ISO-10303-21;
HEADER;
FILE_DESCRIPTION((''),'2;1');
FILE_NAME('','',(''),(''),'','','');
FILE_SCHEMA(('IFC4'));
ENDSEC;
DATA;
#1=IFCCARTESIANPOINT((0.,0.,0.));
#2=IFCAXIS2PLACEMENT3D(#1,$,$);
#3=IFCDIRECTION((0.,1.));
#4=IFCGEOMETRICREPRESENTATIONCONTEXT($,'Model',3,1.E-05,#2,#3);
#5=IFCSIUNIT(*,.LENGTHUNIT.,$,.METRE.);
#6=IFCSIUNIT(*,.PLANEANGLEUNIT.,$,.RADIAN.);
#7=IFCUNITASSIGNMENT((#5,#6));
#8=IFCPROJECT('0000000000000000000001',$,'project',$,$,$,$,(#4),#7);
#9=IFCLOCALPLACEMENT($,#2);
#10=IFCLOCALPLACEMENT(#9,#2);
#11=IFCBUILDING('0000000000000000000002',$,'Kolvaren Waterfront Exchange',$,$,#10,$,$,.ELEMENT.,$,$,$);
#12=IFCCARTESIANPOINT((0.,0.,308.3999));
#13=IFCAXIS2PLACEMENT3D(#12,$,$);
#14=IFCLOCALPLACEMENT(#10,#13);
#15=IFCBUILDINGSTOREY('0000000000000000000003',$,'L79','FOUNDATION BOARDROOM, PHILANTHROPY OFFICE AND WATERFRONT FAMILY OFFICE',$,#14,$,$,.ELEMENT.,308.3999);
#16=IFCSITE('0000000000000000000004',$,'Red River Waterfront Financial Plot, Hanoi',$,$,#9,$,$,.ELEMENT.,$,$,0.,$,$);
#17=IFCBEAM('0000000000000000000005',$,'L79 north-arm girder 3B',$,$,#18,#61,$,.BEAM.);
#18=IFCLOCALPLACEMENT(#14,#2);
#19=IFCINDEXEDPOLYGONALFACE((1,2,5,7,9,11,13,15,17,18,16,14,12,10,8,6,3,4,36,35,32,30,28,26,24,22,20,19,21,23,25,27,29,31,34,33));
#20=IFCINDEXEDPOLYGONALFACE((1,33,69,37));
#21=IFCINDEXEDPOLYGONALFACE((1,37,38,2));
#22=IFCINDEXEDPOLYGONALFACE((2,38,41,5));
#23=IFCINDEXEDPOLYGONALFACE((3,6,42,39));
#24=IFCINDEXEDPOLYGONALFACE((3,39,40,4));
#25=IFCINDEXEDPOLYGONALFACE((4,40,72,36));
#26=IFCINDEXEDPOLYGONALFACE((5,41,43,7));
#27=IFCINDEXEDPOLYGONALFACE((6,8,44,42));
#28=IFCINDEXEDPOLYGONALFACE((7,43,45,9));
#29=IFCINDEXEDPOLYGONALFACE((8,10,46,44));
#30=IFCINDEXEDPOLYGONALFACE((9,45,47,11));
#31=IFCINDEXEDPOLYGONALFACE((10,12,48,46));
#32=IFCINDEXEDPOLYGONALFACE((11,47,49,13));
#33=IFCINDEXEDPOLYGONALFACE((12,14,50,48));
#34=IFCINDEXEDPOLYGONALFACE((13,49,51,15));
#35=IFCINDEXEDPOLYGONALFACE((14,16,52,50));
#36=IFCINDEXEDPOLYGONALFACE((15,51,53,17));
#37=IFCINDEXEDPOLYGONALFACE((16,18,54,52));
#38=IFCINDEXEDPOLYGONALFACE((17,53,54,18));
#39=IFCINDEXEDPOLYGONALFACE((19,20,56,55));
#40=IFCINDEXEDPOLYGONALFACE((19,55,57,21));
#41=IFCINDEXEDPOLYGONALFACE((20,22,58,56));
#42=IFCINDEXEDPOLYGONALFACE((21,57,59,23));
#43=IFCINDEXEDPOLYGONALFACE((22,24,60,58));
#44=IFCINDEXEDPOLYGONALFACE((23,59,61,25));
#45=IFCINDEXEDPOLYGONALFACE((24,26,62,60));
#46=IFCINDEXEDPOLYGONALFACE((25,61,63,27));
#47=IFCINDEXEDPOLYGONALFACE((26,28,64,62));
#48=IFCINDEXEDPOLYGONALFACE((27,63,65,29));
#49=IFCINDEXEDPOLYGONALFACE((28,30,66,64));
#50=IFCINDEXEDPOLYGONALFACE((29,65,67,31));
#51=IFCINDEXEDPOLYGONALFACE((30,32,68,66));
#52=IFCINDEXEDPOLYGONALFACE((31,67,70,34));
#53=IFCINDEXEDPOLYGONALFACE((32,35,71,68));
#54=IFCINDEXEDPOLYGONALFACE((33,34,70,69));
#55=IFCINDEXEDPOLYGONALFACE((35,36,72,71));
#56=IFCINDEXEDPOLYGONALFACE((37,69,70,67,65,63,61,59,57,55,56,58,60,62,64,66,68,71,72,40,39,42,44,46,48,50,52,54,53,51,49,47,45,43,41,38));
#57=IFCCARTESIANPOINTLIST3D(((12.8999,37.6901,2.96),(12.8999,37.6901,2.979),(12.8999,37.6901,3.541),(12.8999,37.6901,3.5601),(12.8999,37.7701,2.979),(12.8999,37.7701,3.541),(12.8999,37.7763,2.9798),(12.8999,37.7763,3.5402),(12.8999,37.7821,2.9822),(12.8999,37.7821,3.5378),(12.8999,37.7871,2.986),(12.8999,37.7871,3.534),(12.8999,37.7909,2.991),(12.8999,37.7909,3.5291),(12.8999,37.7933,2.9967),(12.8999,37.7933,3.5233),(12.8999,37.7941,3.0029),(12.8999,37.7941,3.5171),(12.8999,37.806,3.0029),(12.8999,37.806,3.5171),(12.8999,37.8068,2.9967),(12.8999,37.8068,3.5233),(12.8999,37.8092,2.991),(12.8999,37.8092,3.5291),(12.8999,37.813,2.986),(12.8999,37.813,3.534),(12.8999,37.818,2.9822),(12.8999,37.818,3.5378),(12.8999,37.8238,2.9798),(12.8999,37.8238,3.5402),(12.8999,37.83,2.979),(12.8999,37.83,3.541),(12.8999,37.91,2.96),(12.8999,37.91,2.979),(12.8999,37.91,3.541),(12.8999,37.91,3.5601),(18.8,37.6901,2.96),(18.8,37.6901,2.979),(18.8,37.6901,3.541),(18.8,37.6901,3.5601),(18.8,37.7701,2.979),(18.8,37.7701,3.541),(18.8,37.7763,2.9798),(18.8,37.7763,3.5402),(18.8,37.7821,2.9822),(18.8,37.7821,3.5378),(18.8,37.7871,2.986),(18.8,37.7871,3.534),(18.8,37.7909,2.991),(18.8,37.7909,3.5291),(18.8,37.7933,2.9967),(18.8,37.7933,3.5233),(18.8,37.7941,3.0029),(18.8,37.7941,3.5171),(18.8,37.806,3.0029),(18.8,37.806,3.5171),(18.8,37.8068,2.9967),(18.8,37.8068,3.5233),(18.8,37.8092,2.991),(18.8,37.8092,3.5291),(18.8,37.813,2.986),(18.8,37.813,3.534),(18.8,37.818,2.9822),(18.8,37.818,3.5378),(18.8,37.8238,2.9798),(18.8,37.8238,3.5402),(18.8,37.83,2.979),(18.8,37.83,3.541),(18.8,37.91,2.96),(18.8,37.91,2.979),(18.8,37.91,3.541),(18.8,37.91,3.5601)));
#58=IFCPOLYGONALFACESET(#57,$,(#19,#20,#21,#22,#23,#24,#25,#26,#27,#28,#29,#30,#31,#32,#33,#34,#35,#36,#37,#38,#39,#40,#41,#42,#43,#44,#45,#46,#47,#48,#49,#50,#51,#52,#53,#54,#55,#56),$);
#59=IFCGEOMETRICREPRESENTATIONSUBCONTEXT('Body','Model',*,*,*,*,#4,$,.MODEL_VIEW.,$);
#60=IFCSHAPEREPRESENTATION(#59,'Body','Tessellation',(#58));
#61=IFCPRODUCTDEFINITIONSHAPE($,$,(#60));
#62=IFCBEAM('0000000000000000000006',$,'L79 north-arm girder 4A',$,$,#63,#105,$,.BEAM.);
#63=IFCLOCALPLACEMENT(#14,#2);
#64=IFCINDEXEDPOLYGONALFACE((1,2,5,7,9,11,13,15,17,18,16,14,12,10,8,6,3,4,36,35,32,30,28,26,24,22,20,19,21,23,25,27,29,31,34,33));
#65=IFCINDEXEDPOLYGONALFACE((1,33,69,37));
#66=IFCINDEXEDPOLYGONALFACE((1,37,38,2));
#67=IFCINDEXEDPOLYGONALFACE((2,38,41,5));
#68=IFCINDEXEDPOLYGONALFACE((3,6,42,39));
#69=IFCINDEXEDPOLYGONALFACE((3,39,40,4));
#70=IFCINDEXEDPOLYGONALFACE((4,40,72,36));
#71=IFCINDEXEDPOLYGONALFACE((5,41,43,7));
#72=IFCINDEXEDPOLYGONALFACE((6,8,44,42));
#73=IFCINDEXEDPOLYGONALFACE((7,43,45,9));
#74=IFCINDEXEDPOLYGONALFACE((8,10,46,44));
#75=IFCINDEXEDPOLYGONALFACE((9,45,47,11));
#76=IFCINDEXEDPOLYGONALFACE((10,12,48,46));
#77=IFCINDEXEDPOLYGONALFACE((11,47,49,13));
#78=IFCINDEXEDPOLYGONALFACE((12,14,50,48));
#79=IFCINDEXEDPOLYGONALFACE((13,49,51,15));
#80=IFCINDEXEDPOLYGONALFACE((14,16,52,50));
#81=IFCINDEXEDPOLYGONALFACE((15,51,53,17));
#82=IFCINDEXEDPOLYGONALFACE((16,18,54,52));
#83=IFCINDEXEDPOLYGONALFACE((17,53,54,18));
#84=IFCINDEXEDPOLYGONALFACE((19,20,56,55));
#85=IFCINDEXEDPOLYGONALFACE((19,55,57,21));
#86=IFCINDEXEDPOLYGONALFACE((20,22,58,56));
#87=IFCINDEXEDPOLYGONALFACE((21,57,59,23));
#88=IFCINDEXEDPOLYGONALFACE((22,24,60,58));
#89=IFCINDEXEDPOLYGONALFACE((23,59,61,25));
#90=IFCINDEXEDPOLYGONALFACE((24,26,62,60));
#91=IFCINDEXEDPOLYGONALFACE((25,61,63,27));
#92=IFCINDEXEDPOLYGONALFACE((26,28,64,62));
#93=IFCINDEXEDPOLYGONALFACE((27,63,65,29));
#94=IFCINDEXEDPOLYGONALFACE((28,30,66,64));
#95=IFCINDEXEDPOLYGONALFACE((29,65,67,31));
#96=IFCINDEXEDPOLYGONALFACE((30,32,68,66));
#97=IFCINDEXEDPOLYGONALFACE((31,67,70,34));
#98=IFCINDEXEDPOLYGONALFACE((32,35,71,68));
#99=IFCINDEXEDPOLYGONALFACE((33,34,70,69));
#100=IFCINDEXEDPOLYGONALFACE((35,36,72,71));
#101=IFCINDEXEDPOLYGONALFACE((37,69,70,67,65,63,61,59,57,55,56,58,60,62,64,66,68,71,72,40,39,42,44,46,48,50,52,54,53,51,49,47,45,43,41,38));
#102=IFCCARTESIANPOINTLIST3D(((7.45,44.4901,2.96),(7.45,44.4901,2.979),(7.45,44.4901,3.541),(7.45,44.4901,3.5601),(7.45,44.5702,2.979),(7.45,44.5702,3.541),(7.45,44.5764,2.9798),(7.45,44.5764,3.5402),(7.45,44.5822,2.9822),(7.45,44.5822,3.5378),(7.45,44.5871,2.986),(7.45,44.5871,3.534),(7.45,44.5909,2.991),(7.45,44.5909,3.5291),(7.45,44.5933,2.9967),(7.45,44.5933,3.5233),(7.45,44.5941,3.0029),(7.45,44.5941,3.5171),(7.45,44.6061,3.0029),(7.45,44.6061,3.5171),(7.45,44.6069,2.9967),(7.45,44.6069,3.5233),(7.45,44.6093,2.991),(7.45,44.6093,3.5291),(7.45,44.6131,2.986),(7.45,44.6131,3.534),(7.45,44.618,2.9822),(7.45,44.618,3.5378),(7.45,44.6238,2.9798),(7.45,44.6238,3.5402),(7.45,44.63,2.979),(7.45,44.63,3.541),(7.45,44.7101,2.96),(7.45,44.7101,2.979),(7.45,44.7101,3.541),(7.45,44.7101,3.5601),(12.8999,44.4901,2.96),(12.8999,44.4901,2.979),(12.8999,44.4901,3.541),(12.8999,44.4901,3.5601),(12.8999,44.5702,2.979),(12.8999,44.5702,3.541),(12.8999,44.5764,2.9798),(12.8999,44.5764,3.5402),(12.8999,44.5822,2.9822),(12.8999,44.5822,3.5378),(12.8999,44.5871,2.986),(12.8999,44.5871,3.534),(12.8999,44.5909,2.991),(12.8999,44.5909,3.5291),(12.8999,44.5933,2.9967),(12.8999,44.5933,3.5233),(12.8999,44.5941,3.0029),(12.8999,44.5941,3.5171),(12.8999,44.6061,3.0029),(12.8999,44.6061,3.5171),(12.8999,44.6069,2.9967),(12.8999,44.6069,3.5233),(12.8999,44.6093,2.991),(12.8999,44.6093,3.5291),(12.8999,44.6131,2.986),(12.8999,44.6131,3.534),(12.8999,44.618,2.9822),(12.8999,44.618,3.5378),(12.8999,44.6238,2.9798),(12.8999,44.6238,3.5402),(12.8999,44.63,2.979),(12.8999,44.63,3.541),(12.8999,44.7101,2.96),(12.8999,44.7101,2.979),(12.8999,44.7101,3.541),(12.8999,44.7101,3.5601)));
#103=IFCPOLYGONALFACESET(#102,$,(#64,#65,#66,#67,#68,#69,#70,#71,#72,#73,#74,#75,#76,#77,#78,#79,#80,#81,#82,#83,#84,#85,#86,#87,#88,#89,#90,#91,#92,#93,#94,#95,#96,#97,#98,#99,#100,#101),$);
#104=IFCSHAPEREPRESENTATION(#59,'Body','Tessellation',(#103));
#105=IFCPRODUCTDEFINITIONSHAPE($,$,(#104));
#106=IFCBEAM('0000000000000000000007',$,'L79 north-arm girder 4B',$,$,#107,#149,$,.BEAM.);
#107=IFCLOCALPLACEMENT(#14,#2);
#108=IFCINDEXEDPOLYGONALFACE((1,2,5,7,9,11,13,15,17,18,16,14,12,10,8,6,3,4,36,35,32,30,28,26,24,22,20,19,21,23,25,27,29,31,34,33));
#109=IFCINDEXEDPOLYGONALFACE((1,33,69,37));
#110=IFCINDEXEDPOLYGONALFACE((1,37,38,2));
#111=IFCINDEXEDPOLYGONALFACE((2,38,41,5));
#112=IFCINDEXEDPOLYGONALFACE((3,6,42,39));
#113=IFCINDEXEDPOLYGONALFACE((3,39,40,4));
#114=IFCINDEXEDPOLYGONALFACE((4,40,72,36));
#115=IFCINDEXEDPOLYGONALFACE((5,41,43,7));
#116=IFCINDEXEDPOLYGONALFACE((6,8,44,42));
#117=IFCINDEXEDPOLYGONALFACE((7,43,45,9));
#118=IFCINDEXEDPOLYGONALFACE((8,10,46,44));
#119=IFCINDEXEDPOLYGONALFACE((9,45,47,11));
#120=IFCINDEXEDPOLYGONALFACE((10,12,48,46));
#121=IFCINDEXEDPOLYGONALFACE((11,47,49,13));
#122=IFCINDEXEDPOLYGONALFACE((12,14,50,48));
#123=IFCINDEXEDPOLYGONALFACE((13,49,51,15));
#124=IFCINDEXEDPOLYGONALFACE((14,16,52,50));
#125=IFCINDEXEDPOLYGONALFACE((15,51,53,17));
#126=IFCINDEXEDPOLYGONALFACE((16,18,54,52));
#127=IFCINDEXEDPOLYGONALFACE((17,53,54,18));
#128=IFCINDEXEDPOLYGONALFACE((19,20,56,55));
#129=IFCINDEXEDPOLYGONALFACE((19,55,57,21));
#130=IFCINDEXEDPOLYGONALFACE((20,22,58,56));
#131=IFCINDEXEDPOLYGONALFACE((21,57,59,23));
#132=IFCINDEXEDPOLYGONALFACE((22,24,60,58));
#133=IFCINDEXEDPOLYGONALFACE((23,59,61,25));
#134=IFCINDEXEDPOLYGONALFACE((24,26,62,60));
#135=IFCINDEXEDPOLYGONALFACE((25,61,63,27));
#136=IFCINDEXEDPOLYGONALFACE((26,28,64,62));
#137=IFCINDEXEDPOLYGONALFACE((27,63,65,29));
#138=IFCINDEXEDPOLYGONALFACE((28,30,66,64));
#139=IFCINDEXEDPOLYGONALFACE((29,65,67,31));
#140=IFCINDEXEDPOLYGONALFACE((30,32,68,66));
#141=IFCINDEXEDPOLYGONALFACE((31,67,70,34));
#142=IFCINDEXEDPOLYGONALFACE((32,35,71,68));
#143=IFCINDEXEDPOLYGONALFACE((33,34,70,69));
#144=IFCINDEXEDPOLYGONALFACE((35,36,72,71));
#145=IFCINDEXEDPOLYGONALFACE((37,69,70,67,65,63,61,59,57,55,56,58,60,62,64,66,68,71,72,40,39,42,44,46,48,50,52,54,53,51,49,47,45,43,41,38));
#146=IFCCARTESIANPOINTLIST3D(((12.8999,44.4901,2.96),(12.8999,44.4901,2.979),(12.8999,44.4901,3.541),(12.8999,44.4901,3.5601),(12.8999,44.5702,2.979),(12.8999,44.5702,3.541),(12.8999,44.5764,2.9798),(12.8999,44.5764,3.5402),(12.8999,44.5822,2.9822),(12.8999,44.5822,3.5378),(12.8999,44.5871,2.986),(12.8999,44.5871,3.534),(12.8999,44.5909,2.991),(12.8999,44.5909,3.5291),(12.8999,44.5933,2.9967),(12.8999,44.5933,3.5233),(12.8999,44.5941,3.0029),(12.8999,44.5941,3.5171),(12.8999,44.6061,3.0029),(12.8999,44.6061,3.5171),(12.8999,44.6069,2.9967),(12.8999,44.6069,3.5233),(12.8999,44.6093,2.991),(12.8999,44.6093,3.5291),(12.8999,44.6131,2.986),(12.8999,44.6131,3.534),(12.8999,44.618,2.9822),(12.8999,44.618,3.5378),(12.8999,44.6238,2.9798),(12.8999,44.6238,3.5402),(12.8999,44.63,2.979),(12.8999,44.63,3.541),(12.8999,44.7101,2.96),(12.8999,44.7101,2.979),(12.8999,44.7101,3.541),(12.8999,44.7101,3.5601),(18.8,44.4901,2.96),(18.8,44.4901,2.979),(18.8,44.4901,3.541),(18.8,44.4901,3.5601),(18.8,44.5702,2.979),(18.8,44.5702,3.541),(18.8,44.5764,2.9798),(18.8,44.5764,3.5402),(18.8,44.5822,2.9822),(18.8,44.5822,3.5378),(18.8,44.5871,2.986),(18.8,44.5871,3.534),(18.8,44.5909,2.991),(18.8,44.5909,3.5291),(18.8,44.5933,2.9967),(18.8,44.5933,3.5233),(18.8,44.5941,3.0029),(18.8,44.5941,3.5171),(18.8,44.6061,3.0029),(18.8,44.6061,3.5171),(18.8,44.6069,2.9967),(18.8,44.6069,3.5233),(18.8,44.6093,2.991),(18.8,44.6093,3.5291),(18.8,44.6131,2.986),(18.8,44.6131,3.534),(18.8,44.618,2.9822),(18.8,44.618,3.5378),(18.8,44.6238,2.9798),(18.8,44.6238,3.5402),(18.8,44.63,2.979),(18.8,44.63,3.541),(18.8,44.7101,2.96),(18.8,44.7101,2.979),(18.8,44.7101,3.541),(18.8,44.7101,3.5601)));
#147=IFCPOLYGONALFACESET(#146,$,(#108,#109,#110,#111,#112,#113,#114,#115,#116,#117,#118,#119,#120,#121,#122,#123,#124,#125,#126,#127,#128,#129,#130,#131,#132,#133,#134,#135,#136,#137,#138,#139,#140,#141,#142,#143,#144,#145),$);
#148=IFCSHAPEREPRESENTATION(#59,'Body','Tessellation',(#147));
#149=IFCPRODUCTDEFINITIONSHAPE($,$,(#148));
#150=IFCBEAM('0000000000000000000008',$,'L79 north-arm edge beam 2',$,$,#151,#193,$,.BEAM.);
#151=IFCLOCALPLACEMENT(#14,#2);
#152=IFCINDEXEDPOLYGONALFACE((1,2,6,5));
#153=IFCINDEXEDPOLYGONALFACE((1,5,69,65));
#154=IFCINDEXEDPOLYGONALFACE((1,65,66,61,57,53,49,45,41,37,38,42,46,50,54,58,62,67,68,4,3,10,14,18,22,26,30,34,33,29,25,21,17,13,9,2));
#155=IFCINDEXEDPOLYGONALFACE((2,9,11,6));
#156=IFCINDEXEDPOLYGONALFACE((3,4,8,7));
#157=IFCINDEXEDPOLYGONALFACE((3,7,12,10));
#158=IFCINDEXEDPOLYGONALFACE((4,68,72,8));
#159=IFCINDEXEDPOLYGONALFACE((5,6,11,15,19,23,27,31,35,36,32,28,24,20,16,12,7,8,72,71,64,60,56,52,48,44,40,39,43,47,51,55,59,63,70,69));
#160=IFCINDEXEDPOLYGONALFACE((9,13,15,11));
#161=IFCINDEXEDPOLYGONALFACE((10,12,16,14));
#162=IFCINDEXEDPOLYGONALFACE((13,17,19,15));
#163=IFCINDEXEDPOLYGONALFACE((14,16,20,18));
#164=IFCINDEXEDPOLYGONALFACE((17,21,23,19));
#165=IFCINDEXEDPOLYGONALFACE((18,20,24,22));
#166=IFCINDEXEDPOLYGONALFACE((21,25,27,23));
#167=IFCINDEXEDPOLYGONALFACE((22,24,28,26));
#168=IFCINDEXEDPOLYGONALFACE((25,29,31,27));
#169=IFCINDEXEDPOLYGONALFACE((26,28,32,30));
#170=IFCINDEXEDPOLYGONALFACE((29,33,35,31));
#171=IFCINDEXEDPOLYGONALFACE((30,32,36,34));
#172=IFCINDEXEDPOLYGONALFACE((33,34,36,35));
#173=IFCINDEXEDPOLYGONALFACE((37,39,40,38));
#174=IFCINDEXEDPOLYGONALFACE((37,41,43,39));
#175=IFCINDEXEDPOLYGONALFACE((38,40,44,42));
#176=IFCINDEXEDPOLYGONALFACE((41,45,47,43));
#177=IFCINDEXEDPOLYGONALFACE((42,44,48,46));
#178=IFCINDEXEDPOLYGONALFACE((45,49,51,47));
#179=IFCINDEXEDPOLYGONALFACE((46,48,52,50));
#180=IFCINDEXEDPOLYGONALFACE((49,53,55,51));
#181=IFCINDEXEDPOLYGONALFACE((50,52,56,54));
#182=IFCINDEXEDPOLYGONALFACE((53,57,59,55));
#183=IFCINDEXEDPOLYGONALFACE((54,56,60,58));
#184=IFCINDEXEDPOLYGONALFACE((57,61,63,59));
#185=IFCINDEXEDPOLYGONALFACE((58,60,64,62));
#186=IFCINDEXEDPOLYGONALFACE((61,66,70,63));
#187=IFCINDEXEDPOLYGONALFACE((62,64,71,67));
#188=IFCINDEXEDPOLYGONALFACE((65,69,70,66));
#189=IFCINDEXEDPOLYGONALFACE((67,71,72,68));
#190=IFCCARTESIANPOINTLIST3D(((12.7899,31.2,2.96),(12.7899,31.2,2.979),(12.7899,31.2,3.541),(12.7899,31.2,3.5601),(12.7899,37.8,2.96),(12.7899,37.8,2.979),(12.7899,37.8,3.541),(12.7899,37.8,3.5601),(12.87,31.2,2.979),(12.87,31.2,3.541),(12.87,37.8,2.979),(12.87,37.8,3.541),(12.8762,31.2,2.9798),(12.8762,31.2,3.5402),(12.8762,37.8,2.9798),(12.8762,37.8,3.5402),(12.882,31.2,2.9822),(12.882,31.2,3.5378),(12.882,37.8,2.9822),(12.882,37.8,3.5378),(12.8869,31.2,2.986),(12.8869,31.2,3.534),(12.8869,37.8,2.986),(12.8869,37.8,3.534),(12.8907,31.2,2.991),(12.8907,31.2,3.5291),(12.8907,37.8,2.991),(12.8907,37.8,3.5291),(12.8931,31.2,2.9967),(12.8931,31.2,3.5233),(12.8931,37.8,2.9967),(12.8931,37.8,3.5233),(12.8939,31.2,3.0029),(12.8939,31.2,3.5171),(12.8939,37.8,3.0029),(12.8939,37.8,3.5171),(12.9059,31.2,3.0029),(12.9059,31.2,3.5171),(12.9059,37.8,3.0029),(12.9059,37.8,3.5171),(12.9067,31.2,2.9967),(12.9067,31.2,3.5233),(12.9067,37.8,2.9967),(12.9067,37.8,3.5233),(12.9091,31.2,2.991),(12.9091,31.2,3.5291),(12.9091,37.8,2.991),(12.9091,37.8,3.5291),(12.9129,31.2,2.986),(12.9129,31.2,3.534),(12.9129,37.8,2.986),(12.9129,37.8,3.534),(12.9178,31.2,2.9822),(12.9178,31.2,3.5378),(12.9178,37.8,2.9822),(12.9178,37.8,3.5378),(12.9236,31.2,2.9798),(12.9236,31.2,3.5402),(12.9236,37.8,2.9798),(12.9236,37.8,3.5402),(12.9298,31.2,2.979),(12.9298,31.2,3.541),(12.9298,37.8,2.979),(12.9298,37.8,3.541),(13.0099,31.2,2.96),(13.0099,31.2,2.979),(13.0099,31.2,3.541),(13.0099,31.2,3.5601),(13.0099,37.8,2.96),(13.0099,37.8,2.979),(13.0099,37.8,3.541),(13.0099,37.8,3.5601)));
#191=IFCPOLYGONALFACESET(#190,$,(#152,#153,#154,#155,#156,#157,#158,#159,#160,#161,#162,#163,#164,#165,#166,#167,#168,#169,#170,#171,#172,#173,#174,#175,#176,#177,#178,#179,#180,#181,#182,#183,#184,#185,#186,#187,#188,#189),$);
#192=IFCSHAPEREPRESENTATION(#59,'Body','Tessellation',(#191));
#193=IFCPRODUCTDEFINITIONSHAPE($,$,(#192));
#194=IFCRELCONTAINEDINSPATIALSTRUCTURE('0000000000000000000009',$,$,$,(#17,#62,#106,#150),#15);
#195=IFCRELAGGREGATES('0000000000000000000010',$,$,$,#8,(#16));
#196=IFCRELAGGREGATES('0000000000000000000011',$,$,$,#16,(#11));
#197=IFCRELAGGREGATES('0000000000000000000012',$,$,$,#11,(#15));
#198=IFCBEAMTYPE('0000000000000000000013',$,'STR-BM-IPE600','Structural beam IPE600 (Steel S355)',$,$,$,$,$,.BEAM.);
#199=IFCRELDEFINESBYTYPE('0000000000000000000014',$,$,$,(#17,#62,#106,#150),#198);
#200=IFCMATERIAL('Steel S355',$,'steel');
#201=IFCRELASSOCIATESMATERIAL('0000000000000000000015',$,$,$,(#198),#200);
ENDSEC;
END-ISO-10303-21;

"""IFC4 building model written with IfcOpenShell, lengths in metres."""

from ifc_helpers import new_model, si_unit, direction, frame, origin, origin_2d, place, context, subcontext, project, spatial, i_section, extrude, material, material_profile, profile_set, type_object, element, save


model = new_model("IFC4")

# Units and contexts
model_context = context("Model", 3, precision=1e-05, world=origin(), true_north=direction((0.0, 1.0)))
body_context = subcontext(model_context, "Body", "Model", "MODEL_VIEW")
ifc_project = project(units=[si_unit("LENGTHUNIT", "METRE"), si_unit("PLANEANGLEUNIT", "RADIAN")], contexts=[model_context])

# Site, building, storey
site_placement = place(None, origin())
site = spatial("IfcSite", under=ifc_project, at=site_placement, Name="Red River Waterfront Financial Plot, Hanoi", CompositionType="ELEMENT", RefElevation=0.0)
building_placement = place(site_placement, origin())
building = spatial("IfcBuilding", under=site, at=building_placement, Name="Kolvaren Waterfront Exchange", CompositionType="ELEMENT")
storey_placement = place(building_placement, frame((0.0, 0.0, 308.3999)))
storey = spatial("IfcBuildingStorey", under=building, at=storey_placement, Name="L79", Description="FOUNDATION BOARDROOM, PHILANTHROPY OFFICE AND WATERFRONT FAMILY OFFICE", CompositionType="ELEMENT", Elevation=308.3999)

# Beams
ifc_material_1 = material(Name="Steel S355", Category="steel")
ifc_material_profile_1 = material_profile(ifc_material_1, i_section(OverallWidth=0.22, OverallDepth=0.6001, WebThickness=0.012, FlangeThickness=0.019, FilletRadius=0.0239, at=origin_2d()), Name="IPE600")
ifc_profile_set_1 = profile_set([ifc_material_profile_1], Name="Steel S355")
beam_type_1 = type_object("IfcBeamType", Name="STR-BM-IPE600", Description="Structural beam IPE600 (Steel S355)", PredefinedType="BEAM", material=ifc_profile_set_1)
beam_1_placement = place(storey_placement, frame((12.8999, 37.8, 3.26), z_axis=(1.0, 0.0, 0.0), x_axis=(0.0, 1.0, 0.0)))
element("IfcBeam", 1, at=beam_1_placement, inside=storey, type_object=beam_type_1, Name="L79 north-arm girder 3B", PredefinedType="BEAM", context=body_context, shape_type="SweptSolid", body=[
    extrude(i_section(OverallWidth=0.22, OverallDepth=0.6001, WebThickness=0.012, FlangeThickness=0.019, FilletRadius=0.0239, at=origin_2d()), origin(), (0.0, 0.0, 1.0), 5.9001),
])
beam_2_placement = place(storey_placement, frame((7.45, 44.6001, 3.26), z_axis=(1.0, 0.0, 0.0), x_axis=(0.0, 1.0, 0.0)))
element("IfcBeam", 2, at=beam_2_placement, inside=storey, type_object=beam_type_1, Name="L79 north-arm girder 4A", PredefinedType="BEAM", context=body_context, shape_type="SweptSolid", body=[
    extrude(i_section(OverallWidth=0.22, OverallDepth=0.6001, WebThickness=0.012, FlangeThickness=0.019, FilletRadius=0.0239, at=origin_2d()), origin(), (0.0, 0.0, 1.0), 5.45),
])
beam_3_placement = place(storey_placement, frame((12.8999, 44.6001, 3.26), z_axis=(1.0, 0.0, 0.0), x_axis=(0.0, 1.0, 0.0)))
element("IfcBeam", 3, at=beam_3_placement, inside=storey, type_object=beam_type_1, Name="L79 north-arm girder 4B", PredefinedType="BEAM", context=body_context, shape_type="SweptSolid", body=[
    extrude(i_section(OverallWidth=0.22, OverallDepth=0.6001, WebThickness=0.012, FlangeThickness=0.019, FilletRadius=0.0239, at=origin_2d()), origin(), (0.0, 0.0, 1.0), 5.9001),
])
beam_4_placement = place(storey_placement, frame((12.8999, 31.2, 3.26), z_axis=(0.0, 1.0, 0.0), x_axis=(-1.0, 0.0, 0.0)))
element("IfcBeam", 4, at=beam_4_placement, inside=storey, type_object=beam_type_1, Name="L79 north-arm edge beam 2", PredefinedType="BEAM", context=body_context, shape_type="SweptSolid", body=[
    extrude(i_section(OverallWidth=0.22, OverallDepth=0.6001, WebThickness=0.012, FlangeThickness=0.019, FilletRadius=0.0239, at=origin_2d()), origin(), (0.0, 0.0, 1.0), 6.6001),
])

save(model, "model.ifc")
